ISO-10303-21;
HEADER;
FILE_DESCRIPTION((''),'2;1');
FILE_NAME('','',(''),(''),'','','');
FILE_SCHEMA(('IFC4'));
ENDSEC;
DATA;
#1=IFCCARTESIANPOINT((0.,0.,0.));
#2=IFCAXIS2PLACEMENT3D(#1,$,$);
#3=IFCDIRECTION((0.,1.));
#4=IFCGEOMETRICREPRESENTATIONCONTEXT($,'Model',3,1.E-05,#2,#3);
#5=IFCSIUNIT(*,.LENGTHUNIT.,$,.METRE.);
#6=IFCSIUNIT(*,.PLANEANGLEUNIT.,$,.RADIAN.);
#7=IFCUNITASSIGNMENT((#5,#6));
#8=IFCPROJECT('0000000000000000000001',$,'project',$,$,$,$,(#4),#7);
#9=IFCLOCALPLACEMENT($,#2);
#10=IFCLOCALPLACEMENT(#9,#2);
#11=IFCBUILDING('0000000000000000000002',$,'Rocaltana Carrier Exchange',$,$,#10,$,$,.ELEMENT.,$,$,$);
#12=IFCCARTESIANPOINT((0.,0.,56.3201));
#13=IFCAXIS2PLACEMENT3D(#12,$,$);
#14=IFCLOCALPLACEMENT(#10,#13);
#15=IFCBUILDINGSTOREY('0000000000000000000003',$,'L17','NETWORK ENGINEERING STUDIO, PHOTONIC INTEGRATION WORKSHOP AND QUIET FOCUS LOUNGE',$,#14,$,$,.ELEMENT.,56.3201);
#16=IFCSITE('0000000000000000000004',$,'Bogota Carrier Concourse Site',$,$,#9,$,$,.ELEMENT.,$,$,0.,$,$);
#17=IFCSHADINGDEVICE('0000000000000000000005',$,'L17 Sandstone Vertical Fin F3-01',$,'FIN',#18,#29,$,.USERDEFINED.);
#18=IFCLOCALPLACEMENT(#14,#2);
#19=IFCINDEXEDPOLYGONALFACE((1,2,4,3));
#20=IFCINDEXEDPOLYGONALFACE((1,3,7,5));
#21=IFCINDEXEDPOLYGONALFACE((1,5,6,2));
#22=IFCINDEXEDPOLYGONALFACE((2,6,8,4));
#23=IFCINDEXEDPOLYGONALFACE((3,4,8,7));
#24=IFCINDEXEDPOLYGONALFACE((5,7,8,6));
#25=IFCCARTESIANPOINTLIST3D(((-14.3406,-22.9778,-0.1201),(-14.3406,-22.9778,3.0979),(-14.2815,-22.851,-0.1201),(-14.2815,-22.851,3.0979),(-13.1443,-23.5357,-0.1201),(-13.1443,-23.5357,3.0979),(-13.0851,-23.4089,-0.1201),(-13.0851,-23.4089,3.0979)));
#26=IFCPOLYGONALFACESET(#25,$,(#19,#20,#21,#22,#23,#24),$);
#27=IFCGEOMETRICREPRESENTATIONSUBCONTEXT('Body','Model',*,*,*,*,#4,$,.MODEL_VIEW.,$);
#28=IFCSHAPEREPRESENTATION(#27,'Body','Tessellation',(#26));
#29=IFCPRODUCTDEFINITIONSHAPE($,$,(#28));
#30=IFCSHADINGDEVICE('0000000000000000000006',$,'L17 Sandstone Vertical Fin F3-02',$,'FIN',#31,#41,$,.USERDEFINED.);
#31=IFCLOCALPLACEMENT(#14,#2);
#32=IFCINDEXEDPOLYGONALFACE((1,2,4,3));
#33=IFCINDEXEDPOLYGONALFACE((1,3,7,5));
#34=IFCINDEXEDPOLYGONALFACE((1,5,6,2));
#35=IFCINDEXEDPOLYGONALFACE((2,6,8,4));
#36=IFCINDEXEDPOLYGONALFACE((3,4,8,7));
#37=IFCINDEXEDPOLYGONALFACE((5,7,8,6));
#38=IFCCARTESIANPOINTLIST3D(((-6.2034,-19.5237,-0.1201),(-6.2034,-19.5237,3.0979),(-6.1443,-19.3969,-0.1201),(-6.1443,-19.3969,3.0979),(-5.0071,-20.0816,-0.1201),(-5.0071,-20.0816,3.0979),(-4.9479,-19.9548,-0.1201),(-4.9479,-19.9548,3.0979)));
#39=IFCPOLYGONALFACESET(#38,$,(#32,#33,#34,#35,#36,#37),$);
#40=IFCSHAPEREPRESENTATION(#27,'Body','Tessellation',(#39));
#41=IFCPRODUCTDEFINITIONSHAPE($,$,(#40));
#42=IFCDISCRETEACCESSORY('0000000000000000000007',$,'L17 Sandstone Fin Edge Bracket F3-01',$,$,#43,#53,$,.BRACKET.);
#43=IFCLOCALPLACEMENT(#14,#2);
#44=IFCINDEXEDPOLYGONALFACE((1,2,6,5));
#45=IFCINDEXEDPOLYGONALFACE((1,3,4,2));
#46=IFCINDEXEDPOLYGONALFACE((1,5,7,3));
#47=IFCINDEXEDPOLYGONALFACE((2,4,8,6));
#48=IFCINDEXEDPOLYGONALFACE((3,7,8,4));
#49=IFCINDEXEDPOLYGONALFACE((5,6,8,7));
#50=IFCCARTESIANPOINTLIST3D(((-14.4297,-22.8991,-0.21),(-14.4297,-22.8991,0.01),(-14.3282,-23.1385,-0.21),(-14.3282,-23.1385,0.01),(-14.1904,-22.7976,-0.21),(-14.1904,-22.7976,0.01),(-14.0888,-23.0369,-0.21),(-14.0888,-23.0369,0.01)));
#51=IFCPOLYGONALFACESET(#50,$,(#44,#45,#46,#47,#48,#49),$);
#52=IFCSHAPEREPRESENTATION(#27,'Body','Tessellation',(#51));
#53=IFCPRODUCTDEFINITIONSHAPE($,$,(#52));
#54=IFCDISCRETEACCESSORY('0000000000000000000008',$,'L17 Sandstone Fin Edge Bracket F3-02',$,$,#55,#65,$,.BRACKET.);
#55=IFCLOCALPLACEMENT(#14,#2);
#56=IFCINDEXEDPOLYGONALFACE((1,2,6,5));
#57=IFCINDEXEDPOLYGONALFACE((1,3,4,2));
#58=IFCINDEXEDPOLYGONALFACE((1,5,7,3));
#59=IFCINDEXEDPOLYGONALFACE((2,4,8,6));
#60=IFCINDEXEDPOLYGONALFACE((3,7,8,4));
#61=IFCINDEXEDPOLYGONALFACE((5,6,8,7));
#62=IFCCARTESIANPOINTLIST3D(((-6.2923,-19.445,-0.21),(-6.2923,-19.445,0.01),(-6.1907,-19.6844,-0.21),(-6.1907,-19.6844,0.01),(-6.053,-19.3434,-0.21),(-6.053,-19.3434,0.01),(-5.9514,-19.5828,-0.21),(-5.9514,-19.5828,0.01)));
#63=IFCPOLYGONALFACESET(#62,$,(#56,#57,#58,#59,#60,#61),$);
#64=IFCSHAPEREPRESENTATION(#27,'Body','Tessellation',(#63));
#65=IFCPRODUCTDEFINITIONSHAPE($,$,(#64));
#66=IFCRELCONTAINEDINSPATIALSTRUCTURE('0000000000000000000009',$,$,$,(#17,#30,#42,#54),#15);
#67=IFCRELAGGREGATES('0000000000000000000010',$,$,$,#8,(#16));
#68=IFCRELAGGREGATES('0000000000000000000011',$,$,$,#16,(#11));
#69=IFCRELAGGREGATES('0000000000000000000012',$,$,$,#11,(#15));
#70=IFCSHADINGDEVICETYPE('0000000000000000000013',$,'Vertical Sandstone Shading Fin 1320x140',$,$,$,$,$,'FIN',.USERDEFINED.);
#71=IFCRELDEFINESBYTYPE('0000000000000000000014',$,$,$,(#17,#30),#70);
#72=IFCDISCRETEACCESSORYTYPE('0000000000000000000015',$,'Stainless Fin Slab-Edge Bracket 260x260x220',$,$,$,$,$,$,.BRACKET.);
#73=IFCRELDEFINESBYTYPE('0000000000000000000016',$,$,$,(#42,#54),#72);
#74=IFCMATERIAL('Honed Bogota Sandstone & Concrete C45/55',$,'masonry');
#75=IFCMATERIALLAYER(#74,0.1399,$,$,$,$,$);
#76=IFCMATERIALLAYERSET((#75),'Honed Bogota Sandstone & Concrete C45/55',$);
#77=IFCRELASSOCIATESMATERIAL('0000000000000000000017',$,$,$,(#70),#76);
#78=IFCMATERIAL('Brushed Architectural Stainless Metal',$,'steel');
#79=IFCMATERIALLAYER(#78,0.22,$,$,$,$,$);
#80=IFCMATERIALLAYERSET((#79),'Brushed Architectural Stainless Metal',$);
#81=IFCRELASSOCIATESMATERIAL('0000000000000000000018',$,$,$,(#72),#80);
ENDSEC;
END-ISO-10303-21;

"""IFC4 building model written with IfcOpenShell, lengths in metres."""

from ifc_helpers import new_model, si_unit, direction, frame, origin, origin_2d, place, context, subcontext, project, spatial, rectangle, extrude, material, layer, layer_set, type_object, element, save


model = new_model("IFC4")

# Units and contexts
model_context = context("Model", 3, precision=1e-05, world=origin(), true_north=direction((0.0, 1.0)))
body_context = subcontext(model_context, "Body", "Model", "MODEL_VIEW")
ifc_project = project(units=[si_unit("LENGTHUNIT", "METRE"), si_unit("PLANEANGLEUNIT", "RADIAN")], contexts=[model_context])

# Site, building, storey
site_placement = place(None, origin())
site = spatial("IfcSite", under=ifc_project, at=site_placement, Name="Bogota Carrier Concourse Site", CompositionType="ELEMENT", RefElevation=0.0)
building_placement = place(site_placement, origin())
building = spatial("IfcBuilding", under=site, at=building_placement, Name="Rocaltana Carrier Exchange", CompositionType="ELEMENT")
storey_placement = place(building_placement, frame((0.0, 0.0, 56.3201)))
storey = spatial("IfcBuildingStorey", under=building, at=storey_placement, Name="L17", Description="NETWORK ENGINEERING STUDIO, PHOTONIC INTEGRATION WORKSHOP AND QUIET FOCUS LOUNGE", CompositionType="ELEMENT", Elevation=56.3201)

# Shading devices
ifc_material_1 = material(Name="Honed Bogota Sandstone & Concrete C45/55", Category="masonry")
ifc_layer_1 = layer(ifc_material_1, 0.1399)
ifc_layer_set_1 = layer_set([ifc_layer_1], Name="Honed Bogota Sandstone & Concrete C45/55")
shading_device_type = type_object("IfcShadingDeviceType", Name="Vertical Sandstone Shading Fin 1320x140", ElementType="FIN", PredefinedType="USERDEFINED", material=ifc_layer_set_1)
for number, where, z_axis, x_axis, name in (
    (1, (-13.7129, -23.1934, -0.1201), (0.0, 0.0, 1.0), (0.906308, -0.422618, 0.0), "L17 Sandstone Vertical Fin F3-01"),
    (2, (-5.5757, -19.7393, -0.1201), (0.0, 0.0, 1.0), (0.906308, -0.422618, 0.0), "L17 Sandstone Vertical Fin F3-02"),
):
    element("IfcShadingDevice", number, at=place(storey_placement, frame(where, z_axis=z_axis, x_axis=x_axis)), inside=storey, type_object=shading_device_type, Name=name, ObjectType="FIN", PredefinedType="USERDEFINED", context=body_context, shape_type="SweptSolid", body=[
        extrude(rectangle(XDim=1.3201, YDim=0.1399, at=origin_2d()), origin(), (0.0, 0.0, 1.0), 3.218),
    ])

# Discrete accessories
ifc_material_2 = material(Name="Brushed Architectural Stainless Metal", Category="steel")
ifc_layer_2 = layer(ifc_material_2, 0.22)
ifc_layer_set_2 = layer_set([ifc_layer_2], Name="Brushed Architectural Stainless Metal")
discrete_accessory_type = type_object("IfcDiscreteAccessoryType", Name="Stainless Fin Slab-Edge Bracket 260x260x220", PredefinedType="BRACKET", material=ifc_layer_set_2)
for number, where, z_axis, x_axis, name in (
    (3, (-14.2593, -22.968, -0.21), (0.0, 0.0, 1.0), (0.920505, 0.390731, 0.0), "L17 Sandstone Fin Edge Bracket F3-01"),
    (4, (-6.1218, -19.5139, -0.21), (0.0, 0.0, 1.0), (0.920505, 0.390731, 0.0), "L17 Sandstone Fin Edge Bracket F3-02"),
):
    element("IfcDiscreteAccessory", number, at=place(storey_placement, frame(where, z_axis=z_axis, x_axis=x_axis)), inside=storey, type_object=discrete_accessory_type, Name=name, PredefinedType="BRACKET", context=body_context, shape_type="SweptSolid", body=[
        extrude(rectangle(XDim=0.26, YDim=0.26, at=origin_2d()), origin(), (0.0, 0.0, 1.0), 0.22),
    ])

save(model, "model.ifc")
